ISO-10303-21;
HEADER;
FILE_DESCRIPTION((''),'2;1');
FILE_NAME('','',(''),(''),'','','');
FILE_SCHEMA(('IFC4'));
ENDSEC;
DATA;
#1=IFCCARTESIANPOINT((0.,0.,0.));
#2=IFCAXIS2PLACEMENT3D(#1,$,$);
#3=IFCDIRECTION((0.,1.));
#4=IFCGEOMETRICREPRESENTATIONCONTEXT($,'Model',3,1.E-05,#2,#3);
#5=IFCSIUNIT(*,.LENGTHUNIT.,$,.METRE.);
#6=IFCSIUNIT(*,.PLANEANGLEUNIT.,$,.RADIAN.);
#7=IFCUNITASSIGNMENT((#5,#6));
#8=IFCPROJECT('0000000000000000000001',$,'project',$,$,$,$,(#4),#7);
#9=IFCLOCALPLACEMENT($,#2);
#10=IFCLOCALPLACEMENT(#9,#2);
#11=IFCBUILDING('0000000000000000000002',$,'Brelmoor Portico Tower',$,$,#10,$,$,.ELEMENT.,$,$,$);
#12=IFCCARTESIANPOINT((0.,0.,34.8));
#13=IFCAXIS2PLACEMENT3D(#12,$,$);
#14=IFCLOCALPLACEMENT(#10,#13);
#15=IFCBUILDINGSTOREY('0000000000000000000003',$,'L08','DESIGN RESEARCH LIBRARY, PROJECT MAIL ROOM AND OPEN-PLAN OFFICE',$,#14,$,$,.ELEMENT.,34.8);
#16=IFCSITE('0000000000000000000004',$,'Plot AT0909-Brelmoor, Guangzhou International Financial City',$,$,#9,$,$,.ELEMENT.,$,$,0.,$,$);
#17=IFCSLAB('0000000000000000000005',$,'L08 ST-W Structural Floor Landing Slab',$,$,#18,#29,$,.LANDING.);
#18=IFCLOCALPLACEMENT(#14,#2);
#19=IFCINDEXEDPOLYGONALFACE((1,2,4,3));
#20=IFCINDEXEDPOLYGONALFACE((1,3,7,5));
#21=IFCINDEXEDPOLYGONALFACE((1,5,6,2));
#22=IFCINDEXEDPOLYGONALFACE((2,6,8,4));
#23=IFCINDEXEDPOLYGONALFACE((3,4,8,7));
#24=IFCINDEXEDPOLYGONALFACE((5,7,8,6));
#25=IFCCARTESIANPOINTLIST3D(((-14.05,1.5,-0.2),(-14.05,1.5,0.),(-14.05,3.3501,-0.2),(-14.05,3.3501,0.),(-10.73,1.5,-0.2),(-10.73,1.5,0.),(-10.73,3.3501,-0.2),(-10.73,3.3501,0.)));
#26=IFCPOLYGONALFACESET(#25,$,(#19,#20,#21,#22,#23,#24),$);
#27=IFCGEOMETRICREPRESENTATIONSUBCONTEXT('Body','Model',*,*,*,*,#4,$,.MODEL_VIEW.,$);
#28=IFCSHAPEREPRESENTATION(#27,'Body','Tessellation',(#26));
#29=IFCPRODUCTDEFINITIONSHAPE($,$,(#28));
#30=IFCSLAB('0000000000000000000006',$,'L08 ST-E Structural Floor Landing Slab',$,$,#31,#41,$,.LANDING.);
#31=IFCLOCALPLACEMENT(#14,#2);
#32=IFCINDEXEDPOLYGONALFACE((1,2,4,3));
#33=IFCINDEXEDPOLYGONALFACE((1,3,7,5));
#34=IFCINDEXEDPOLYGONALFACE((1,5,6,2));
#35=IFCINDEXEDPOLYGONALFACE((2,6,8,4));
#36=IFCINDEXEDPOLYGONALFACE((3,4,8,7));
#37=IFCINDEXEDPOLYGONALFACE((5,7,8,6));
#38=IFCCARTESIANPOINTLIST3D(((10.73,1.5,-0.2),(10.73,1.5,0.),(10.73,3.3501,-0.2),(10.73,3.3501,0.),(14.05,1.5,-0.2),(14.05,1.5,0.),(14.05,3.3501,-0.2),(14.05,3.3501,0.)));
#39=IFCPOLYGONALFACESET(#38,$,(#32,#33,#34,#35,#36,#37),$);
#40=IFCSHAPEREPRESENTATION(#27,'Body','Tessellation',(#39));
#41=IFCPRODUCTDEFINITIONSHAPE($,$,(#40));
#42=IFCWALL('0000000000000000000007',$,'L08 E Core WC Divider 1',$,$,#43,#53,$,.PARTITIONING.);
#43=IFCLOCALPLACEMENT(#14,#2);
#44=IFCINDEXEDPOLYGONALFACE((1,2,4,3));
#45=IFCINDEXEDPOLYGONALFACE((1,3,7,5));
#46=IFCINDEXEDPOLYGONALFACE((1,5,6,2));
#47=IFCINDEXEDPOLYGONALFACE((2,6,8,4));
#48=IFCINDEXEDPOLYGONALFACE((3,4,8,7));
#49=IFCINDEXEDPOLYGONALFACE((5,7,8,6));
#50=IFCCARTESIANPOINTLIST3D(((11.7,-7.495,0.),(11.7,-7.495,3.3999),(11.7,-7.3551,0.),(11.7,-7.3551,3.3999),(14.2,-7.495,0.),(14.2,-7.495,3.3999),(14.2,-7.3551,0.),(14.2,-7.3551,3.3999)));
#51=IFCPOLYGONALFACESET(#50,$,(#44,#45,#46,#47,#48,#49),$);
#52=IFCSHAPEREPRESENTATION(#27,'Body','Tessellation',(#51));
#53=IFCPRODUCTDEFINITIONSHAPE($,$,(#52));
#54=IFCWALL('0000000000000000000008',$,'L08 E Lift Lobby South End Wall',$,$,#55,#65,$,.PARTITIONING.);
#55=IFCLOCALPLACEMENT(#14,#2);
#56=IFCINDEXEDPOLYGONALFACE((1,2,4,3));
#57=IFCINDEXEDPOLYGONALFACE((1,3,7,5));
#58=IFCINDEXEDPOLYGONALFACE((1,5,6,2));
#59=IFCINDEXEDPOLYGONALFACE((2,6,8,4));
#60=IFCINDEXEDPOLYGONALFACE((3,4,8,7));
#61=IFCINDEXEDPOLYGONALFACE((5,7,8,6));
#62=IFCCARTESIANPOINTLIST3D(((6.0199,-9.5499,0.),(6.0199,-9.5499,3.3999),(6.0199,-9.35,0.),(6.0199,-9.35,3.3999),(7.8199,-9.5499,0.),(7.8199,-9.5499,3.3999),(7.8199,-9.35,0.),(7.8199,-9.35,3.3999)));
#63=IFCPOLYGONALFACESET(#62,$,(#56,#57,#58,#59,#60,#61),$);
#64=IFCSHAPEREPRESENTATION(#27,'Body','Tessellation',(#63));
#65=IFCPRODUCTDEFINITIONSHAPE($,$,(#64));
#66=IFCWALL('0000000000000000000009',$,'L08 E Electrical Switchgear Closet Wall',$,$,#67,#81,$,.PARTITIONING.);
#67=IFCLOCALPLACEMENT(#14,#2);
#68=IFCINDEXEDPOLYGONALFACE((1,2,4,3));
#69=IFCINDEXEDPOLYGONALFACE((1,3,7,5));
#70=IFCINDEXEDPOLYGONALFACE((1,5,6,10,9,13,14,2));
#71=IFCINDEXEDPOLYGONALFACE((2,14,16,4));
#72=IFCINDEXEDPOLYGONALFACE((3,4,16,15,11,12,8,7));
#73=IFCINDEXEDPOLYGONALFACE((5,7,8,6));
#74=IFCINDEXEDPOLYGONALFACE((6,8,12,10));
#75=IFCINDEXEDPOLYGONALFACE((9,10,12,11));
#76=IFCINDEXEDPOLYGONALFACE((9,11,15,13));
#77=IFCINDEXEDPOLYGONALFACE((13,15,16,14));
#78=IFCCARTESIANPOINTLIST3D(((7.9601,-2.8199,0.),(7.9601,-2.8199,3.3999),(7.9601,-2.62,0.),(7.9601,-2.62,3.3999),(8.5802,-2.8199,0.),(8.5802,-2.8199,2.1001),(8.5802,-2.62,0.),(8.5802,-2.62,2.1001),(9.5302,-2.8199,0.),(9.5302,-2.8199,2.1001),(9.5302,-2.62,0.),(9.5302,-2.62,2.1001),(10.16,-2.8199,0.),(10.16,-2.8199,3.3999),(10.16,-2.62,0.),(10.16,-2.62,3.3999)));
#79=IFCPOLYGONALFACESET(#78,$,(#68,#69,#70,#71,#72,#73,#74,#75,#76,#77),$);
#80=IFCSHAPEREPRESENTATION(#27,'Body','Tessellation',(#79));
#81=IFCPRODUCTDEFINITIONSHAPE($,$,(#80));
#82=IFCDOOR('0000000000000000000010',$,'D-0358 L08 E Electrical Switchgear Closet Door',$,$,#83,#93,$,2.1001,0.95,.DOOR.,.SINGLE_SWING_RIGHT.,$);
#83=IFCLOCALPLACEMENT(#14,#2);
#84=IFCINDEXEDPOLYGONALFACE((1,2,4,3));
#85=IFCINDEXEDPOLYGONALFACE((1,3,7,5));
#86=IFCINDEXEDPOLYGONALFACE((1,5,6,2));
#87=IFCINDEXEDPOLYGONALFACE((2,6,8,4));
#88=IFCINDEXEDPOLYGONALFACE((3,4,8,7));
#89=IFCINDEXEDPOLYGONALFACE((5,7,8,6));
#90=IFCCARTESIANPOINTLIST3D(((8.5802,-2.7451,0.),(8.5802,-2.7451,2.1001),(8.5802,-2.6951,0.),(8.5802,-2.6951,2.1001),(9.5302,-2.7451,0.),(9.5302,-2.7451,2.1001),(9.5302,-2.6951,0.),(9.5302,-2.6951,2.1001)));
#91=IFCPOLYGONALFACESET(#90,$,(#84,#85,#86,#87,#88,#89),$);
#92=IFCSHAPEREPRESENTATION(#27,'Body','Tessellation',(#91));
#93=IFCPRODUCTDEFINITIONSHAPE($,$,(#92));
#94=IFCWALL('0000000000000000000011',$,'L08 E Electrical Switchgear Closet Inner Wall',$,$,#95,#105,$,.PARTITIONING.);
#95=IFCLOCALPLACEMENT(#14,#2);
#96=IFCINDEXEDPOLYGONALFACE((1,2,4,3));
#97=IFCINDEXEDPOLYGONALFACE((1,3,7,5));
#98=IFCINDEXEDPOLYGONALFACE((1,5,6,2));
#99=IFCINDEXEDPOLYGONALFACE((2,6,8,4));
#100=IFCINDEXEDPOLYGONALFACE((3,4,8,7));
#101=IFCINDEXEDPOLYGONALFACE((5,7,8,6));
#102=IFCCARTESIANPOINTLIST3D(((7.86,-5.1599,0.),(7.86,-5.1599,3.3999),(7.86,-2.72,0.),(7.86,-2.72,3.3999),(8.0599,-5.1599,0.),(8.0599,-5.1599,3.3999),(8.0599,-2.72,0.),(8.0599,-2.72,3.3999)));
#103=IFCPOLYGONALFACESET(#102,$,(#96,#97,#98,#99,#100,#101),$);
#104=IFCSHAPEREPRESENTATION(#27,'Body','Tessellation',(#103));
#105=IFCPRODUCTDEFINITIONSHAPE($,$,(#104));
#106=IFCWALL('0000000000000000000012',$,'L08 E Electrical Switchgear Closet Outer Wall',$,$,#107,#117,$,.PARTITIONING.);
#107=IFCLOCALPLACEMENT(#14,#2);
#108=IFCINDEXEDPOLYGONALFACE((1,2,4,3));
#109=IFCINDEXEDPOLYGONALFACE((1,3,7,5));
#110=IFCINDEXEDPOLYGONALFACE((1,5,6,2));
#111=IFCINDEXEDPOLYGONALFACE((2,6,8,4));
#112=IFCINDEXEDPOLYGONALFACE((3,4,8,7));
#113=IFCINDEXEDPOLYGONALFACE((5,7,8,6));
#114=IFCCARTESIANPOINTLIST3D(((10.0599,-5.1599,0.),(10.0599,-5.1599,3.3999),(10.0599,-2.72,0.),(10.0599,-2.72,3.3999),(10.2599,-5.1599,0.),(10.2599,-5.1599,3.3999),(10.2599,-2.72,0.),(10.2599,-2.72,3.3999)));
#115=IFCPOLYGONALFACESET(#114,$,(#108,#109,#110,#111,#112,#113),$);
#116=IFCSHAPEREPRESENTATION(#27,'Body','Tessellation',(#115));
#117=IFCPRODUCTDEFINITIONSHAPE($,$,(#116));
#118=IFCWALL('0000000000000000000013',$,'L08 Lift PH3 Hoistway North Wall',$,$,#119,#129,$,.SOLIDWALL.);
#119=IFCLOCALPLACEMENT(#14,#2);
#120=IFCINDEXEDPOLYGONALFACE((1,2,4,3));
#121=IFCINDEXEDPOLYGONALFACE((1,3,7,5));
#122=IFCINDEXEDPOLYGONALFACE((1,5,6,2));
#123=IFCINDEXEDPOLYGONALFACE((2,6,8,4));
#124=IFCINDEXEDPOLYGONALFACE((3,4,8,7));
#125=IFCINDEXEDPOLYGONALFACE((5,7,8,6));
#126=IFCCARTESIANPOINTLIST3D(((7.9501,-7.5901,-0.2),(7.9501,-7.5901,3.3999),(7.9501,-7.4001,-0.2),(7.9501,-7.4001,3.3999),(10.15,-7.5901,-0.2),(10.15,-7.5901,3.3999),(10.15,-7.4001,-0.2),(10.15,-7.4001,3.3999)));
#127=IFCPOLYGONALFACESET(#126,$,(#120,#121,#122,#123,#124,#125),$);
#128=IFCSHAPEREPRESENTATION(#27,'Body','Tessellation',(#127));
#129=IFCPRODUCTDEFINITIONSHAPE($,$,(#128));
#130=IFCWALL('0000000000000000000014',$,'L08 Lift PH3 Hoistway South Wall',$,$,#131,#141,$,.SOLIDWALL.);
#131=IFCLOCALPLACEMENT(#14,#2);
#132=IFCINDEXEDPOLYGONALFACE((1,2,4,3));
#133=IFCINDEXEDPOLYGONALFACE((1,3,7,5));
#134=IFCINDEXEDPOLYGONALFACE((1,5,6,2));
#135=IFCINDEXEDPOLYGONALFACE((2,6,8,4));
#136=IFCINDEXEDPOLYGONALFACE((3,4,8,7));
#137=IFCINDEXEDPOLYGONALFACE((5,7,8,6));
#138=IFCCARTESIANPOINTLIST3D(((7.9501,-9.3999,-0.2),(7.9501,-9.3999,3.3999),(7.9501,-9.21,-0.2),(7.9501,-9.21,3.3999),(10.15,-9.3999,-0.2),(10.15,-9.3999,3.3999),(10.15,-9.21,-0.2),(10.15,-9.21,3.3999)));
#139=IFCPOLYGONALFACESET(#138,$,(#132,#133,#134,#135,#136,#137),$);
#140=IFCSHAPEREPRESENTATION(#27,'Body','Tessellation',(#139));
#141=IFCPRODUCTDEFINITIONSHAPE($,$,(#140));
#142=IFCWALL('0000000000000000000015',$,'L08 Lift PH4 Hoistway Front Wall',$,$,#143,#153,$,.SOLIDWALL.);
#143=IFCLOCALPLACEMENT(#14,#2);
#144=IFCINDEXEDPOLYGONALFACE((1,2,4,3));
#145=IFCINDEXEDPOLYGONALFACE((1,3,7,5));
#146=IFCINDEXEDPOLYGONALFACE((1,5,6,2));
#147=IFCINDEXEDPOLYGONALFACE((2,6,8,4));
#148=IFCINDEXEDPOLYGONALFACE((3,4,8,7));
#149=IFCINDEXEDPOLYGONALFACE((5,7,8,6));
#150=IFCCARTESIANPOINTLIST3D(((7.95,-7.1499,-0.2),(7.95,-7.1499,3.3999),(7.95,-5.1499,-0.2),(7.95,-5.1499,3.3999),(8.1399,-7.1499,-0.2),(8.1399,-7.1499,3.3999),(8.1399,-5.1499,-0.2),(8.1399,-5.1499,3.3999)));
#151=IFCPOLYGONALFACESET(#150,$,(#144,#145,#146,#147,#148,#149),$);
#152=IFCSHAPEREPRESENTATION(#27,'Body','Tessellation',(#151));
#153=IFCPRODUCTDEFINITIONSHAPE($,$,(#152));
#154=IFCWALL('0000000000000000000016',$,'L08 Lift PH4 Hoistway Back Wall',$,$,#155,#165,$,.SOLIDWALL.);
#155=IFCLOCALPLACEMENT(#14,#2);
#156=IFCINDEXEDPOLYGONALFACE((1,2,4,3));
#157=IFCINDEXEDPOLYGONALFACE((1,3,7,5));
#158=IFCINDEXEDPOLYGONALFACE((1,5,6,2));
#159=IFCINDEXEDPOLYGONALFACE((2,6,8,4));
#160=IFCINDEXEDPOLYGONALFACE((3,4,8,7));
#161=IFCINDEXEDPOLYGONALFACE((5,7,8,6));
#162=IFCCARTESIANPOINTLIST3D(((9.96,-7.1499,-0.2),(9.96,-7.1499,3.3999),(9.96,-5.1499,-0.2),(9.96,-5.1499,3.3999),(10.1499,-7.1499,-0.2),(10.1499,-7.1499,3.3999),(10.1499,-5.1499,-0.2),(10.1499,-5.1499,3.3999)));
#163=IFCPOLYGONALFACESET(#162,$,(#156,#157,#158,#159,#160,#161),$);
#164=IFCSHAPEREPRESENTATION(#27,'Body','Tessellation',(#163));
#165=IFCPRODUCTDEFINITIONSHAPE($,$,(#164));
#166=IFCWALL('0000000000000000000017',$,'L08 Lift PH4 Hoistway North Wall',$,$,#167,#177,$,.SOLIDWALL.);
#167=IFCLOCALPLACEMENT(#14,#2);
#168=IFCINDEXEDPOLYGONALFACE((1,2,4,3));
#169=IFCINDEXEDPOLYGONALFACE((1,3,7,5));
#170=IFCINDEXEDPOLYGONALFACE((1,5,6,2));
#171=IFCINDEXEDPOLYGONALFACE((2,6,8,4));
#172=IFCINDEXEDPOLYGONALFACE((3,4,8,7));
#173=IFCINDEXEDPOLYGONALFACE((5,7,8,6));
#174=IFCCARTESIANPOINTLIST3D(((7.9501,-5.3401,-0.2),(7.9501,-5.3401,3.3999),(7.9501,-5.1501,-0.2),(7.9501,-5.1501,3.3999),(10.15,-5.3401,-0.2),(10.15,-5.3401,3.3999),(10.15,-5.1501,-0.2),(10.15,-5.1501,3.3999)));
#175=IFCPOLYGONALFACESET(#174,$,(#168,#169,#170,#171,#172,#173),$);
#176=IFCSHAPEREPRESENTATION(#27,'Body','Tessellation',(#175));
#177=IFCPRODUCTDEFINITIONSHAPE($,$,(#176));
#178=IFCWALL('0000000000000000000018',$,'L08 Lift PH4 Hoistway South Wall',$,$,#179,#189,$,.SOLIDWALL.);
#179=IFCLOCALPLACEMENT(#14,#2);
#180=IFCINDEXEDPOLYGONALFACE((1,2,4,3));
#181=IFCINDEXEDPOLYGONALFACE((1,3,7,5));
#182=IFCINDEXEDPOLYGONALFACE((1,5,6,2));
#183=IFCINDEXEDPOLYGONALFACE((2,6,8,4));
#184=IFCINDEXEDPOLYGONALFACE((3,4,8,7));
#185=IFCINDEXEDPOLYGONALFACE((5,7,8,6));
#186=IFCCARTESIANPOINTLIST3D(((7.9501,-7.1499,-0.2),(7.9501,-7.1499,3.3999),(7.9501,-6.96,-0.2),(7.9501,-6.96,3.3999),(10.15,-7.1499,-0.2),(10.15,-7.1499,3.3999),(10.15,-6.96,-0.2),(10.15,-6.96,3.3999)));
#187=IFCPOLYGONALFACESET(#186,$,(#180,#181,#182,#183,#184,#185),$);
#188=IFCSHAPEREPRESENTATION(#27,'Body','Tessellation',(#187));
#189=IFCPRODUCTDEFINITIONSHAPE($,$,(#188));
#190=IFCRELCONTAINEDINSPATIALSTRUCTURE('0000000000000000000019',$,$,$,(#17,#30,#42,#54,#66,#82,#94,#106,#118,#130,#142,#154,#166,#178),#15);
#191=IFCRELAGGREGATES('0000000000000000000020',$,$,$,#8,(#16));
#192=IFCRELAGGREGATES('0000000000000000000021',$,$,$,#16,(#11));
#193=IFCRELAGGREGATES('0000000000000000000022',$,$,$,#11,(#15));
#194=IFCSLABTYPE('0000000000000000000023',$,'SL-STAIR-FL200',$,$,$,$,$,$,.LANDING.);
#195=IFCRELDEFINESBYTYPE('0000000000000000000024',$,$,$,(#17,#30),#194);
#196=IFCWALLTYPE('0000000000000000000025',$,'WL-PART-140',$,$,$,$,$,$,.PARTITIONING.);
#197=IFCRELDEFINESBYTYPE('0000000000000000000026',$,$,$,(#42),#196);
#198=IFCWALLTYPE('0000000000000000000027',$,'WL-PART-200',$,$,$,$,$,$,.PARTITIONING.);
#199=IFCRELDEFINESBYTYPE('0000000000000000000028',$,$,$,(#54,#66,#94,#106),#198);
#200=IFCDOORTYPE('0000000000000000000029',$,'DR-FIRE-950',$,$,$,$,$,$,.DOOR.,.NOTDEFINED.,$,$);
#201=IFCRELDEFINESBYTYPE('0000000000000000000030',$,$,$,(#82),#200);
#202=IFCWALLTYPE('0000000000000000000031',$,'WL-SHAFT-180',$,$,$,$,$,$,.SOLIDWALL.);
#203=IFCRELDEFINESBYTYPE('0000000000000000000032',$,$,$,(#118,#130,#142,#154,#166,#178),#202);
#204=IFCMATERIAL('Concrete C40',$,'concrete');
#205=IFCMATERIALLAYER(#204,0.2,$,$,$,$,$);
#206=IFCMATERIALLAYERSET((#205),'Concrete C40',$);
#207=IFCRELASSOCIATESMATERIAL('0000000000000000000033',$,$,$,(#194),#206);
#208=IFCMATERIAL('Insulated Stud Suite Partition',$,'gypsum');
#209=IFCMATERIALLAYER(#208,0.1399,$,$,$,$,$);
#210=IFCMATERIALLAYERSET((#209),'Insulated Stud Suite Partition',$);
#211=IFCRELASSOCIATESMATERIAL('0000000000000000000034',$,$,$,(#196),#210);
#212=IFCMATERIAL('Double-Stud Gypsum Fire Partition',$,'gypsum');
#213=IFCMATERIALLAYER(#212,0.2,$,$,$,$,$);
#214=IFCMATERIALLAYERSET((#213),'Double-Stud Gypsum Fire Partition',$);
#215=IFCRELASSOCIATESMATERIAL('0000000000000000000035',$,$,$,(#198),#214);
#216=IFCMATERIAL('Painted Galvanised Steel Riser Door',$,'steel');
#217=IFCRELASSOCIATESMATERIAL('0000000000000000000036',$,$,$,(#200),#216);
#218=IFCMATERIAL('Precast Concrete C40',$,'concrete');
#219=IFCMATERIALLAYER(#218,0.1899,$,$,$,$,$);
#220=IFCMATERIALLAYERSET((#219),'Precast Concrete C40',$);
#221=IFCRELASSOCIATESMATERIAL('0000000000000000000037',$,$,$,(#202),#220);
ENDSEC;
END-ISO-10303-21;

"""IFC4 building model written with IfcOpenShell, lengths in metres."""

from ifc_helpers import new_model, si_unit, direction, frame, frame_2d, origin, place, context, subcontext, project, spatial, polyline, rectangle, outline, extrude, material, layer, layer_set, type_object, element, fill, save


model = new_model("IFC4")

# Units and contexts
model_context = context("Model", 3, precision=1e-05, world=origin(), true_north=direction((0.0, 1.0)))
body_context = subcontext(model_context, "Body", "Model", "MODEL_VIEW")
ifc_project = project(units=[si_unit("LENGTHUNIT", "METRE"), si_unit("PLANEANGLEUNIT", "RADIAN")], contexts=[model_context])

# Site, building, storey
site_placement = place(None, origin())
site = spatial("IfcSite", under=ifc_project, at=site_placement, Name="Plot AT0909-Brelmoor, Guangzhou International Financial City", CompositionType="ELEMENT", RefElevation=0.0)
building_placement = place(site_placement, origin())
building = spatial("IfcBuilding", under=site, at=building_placement, Name="Brelmoor Portico Tower", CompositionType="ELEMENT")
storey_placement = place(building_placement, frame((0.0, 0.0, 34.8)))
storey = spatial("IfcBuildingStorey", under=building, at=storey_placement, Name="L08", Description="DESIGN RESEARCH LIBRARY, PROJECT MAIL ROOM AND OPEN-PLAN OFFICE", CompositionType="ELEMENT", Elevation=34.8)

# Shared definitions
ifc_material_1 = material(Name="Concrete C40", Category="concrete")

# Slabs
ifc_layer_1 = layer(ifc_material_1, 0.2)
ifc_layer_set_1 = layer_set([ifc_layer_1], Name="Concrete C40")
slab_type_1 = type_object("IfcSlabType", Name="SL-STAIR-FL200", PredefinedType="LANDING", material=ifc_layer_set_1)
slab_1_placement = place(storey_placement, frame((0.0, 0.0, -0.2)))
element("IfcSlab", 1, at=slab_1_placement, inside=storey, type_object=slab_type_1, Name="L08 ST-W Structural Floor Landing Slab", PredefinedType="LANDING", context=body_context, shape_type="SweptSolid", body=[
    extrude(outline(polyline([(-10.73, 1.5), (-10.73, 3.3501), (-14.05, 3.3501), (-14.05, 1.5), (-10.73, 1.5)])), origin(), (0.0, 0.0, 1.0), 0.2),
])
slab_2_placement = place(storey_placement, frame((0.0, 0.0, -0.2)))
element("IfcSlab", 2, at=slab_2_placement, inside=storey, type_object=slab_type_1, Name="L08 ST-E Structural Floor Landing Slab", PredefinedType="LANDING", context=body_context, shape_type="SweptSolid", body=[
    extrude(outline(polyline([(14.05, 1.5), (14.05, 3.3501), (10.73, 3.3501), (10.73, 1.5), (14.05, 1.5)])), origin(), (0.0, 0.0, 1.0), 0.2),
])

# Wall
ifc_material_2 = material(Name="Insulated Stud Suite Partition", Category="gypsum")
ifc_layer_2 = layer(ifc_material_2, 0.1399)
ifc_layer_set_2 = layer_set([ifc_layer_2], Name="Insulated Stud Suite Partition")
wall_type_1 = type_object("IfcWallType", Name="WL-PART-140", PredefinedType="PARTITIONING", material=ifc_layer_set_2)
wall_1_placement = place(storey_placement, frame((11.7, -7.425, 0.0), z_axis=(0.0, 0.0, 1.0), x_axis=(1.0, 0.0, 0.0)))
element("IfcWall", 3, at=wall_1_placement, inside=storey, type_object=wall_type_1, Name="L08 E Core WC Divider 1", PredefinedType="PARTITIONING", context=body_context, shape_type="SweptSolid", body=[
    extrude(rectangle(XDim=2.5, YDim=0.1399, at=frame_2d((1.25, 0.0))), origin(), (0.0, 0.0, 1.0), 3.3999),
])

# Wall
ifc_material_3 = material(Name="Double-Stud Gypsum Fire Partition", Category="gypsum")
ifc_layer_3 = layer(ifc_material_3, 0.2)
ifc_layer_set_3 = layer_set([ifc_layer_3], Name="Double-Stud Gypsum Fire Partition")
wall_type_2 = type_object("IfcWallType", Name="WL-PART-200", PredefinedType="PARTITIONING", material=ifc_layer_set_3)
wall_2_placement = place(storey_placement, frame((6.02, -9.45, 0.0), z_axis=(0.0, 0.0, 1.0), x_axis=(1.0, 0.0, 0.0)))
element("IfcWall", 4, at=wall_2_placement, inside=storey, type_object=wall_type_2, Name="L08 E Lift Lobby South End Wall", PredefinedType="PARTITIONING", context=body_context, shape_type="SweptSolid", body=[
    extrude(rectangle(XDim=1.8, YDim=0.2, at=frame_2d((0.8999, 0.0))), origin(), (0.0, 0.0, 1.0), 3.3999),
])

# Wall, opening, door
wall_3_placement = place(storey_placement, frame((7.96, -2.72, 0.0), z_axis=(0.0, 0.0, 1.0), x_axis=(1.0, 0.0, 0.0)))
wall_3 = element("IfcWall", 5, at=wall_3_placement, inside=storey, type_object=wall_type_2, Name="L08 E Electrical Switchgear Closet Wall", PredefinedType="PARTITIONING", context=body_context, shape_type="SweptSolid", body=[
    extrude(rectangle(XDim=2.2, YDim=0.2, at=frame_2d((1.1001, 0.0))), origin(), (0.0, 0.0, 1.0), 3.3999),
])
opening_1_placement = place(wall_3_placement, frame((0.6201, 0.0, 0.0)))
opening_1 = element("IfcOpeningElement", 6, at=opening_1_placement, cuts=wall_3, PredefinedType="OPENING", context=body_context, shape_type="SweptSolid", body=[
    extrude(rectangle(XDim=0.95, YDim=2.1001, at=frame_2d((0.4751, 1.05))), frame((0.0, 0.1099, 0.0), z_axis=(0.0, -1.0, 0.0), x_axis=(1.0, 0.0, 0.0)), (0.0, 0.0, 1.0), 0.22),
])
ifc_material_4 = material(Name="Painted Galvanised Steel Riser Door", Category="steel")
door_type_1 = type_object("IfcDoorType", Name="DR-FIRE-950", OperationType="NOTDEFINED", PredefinedType="DOOR", material=ifc_material_4)
door_1_placement = place(opening_1_placement, origin())
door_1 = element("IfcDoor", 7, at=door_1_placement, inside=storey, type_object=door_type_1, Name="D-0358 L08 E Electrical Switchgear Closet Door", OperationType="SINGLE_SWING_RIGHT", OverallHeight=2.1001, OverallWidth=0.95, PredefinedType="DOOR", context=body_context, shape_type="SweptSolid", body=[
    extrude(rectangle(XDim=0.95, YDim=2.1001, at=frame_2d((0.4751, 1.05))), frame((0.0, 0.0249, 0.0), z_axis=(0.0, -1.0, 0.0), x_axis=(1.0, 0.0, 0.0)), (0.0, 0.0, 1.0), 0.05),
])
fill(opening_1, door_1)

# Walls
for number, where, z_axis, x_axis, name in (
    (8, (7.96, -5.1599, 0.0), (0.0, 0.0, 1.0), (0.0, 1.0, 0.0), "L08 E Electrical Switchgear Closet Inner Wall"),
    (9, (10.1599, -5.1599, 0.0), (0.0, 0.0, 1.0), (0.0, 1.0, 0.0), "L08 E Electrical Switchgear Closet Outer Wall"),
):
    element("IfcWall", number, at=place(storey_placement, frame(where, z_axis=z_axis, x_axis=x_axis)), inside=storey, type_object=wall_type_2, Name=name, PredefinedType="PARTITIONING", context=body_context, shape_type="SweptSolid", body=[
        extrude(rectangle(XDim=2.4399, YDim=0.2, at=frame_2d((1.22, 0.0))), origin(), (0.0, 0.0, 1.0), 3.3999),
    ])
ifc_material_5 = material(Name="Precast Concrete C40", Category="concrete")
ifc_layer_4 = layer(ifc_material_5, 0.1899)
ifc_layer_set_4 = layer_set([ifc_layer_4], Name="Precast Concrete C40")
wall_type_3 = type_object("IfcWallType", Name="WL-SHAFT-180", PredefinedType="SOLIDWALL", material=ifc_layer_set_4)
for number, where, z_axis, x_axis, name in (
    (10, (7.95, -7.4951, -0.2), (0.0, 0.0, 1.0), (1.0, 0.0, 0.0), "L08 Lift PH3 Hoistway North Wall"),
    (11, (7.95, -9.3049, -0.2), (0.0, 0.0, 1.0), (1.0, 0.0, 0.0), "L08 Lift PH3 Hoistway South Wall"),
):
    element("IfcWall", number, at=place(storey_placement, frame(where, z_axis=z_axis, x_axis=x_axis)), inside=storey, type_object=wall_type_3, Name=name, PredefinedType="SOLIDWALL", context=body_context, shape_type="SweptSolid", body=[
        extrude(rectangle(XDim=2.2, YDim=0.1899, at=frame_2d((1.1001, 0.0))), origin(), (0.0, 0.0, 1.0), 3.5999),
    ])
for number, where, z_axis, x_axis, name in (
    (12, (8.0449, -7.1499, -0.2), (0.0, 0.0, 1.0), (0.0, 1.0, 0.0), "L08 Lift PH4 Hoistway Front Wall"),
    (13, (10.0549, -7.1499, -0.2), (0.0, 0.0, 1.0), (0.0, 1.0, 0.0), "L08 Lift PH4 Hoistway Back Wall"),
):
    element("IfcWall", number, at=place(storey_placement, frame(where, z_axis=z_axis, x_axis=x_axis)), inside=storey, type_object=wall_type_3, Name=name, PredefinedType="SOLIDWALL", context=body_context, shape_type="SweptSolid", body=[
        extrude(rectangle(XDim=2.0, YDim=0.1899, at=frame_2d((1.0, 0.0))), origin(), (0.0, 0.0, 1.0), 3.5999),
    ])
for number, where, z_axis, x_axis, name in (
    (14, (7.95, -5.2451, -0.2), (0.0, 0.0, 1.0), (1.0, 0.0, 0.0), "L08 Lift PH4 Hoistway North Wall"),
    (15, (7.95, -7.0549, -0.2), (0.0, 0.0, 1.0), (1.0, 0.0, 0.0), "L08 Lift PH4 Hoistway South Wall"),
):
    element("IfcWall", number, at=place(storey_placement, frame(where, z_axis=z_axis, x_axis=x_axis)), inside=storey, type_object=wall_type_3, Name=name, PredefinedType="SOLIDWALL", context=body_context, shape_type="SweptSolid", body=[
        extrude(rectangle(XDim=2.2, YDim=0.1899, at=frame_2d((1.1001, 0.0))), origin(), (0.0, 0.0, 1.0), 3.5999),
    ])

save(model, "model.ifc")
